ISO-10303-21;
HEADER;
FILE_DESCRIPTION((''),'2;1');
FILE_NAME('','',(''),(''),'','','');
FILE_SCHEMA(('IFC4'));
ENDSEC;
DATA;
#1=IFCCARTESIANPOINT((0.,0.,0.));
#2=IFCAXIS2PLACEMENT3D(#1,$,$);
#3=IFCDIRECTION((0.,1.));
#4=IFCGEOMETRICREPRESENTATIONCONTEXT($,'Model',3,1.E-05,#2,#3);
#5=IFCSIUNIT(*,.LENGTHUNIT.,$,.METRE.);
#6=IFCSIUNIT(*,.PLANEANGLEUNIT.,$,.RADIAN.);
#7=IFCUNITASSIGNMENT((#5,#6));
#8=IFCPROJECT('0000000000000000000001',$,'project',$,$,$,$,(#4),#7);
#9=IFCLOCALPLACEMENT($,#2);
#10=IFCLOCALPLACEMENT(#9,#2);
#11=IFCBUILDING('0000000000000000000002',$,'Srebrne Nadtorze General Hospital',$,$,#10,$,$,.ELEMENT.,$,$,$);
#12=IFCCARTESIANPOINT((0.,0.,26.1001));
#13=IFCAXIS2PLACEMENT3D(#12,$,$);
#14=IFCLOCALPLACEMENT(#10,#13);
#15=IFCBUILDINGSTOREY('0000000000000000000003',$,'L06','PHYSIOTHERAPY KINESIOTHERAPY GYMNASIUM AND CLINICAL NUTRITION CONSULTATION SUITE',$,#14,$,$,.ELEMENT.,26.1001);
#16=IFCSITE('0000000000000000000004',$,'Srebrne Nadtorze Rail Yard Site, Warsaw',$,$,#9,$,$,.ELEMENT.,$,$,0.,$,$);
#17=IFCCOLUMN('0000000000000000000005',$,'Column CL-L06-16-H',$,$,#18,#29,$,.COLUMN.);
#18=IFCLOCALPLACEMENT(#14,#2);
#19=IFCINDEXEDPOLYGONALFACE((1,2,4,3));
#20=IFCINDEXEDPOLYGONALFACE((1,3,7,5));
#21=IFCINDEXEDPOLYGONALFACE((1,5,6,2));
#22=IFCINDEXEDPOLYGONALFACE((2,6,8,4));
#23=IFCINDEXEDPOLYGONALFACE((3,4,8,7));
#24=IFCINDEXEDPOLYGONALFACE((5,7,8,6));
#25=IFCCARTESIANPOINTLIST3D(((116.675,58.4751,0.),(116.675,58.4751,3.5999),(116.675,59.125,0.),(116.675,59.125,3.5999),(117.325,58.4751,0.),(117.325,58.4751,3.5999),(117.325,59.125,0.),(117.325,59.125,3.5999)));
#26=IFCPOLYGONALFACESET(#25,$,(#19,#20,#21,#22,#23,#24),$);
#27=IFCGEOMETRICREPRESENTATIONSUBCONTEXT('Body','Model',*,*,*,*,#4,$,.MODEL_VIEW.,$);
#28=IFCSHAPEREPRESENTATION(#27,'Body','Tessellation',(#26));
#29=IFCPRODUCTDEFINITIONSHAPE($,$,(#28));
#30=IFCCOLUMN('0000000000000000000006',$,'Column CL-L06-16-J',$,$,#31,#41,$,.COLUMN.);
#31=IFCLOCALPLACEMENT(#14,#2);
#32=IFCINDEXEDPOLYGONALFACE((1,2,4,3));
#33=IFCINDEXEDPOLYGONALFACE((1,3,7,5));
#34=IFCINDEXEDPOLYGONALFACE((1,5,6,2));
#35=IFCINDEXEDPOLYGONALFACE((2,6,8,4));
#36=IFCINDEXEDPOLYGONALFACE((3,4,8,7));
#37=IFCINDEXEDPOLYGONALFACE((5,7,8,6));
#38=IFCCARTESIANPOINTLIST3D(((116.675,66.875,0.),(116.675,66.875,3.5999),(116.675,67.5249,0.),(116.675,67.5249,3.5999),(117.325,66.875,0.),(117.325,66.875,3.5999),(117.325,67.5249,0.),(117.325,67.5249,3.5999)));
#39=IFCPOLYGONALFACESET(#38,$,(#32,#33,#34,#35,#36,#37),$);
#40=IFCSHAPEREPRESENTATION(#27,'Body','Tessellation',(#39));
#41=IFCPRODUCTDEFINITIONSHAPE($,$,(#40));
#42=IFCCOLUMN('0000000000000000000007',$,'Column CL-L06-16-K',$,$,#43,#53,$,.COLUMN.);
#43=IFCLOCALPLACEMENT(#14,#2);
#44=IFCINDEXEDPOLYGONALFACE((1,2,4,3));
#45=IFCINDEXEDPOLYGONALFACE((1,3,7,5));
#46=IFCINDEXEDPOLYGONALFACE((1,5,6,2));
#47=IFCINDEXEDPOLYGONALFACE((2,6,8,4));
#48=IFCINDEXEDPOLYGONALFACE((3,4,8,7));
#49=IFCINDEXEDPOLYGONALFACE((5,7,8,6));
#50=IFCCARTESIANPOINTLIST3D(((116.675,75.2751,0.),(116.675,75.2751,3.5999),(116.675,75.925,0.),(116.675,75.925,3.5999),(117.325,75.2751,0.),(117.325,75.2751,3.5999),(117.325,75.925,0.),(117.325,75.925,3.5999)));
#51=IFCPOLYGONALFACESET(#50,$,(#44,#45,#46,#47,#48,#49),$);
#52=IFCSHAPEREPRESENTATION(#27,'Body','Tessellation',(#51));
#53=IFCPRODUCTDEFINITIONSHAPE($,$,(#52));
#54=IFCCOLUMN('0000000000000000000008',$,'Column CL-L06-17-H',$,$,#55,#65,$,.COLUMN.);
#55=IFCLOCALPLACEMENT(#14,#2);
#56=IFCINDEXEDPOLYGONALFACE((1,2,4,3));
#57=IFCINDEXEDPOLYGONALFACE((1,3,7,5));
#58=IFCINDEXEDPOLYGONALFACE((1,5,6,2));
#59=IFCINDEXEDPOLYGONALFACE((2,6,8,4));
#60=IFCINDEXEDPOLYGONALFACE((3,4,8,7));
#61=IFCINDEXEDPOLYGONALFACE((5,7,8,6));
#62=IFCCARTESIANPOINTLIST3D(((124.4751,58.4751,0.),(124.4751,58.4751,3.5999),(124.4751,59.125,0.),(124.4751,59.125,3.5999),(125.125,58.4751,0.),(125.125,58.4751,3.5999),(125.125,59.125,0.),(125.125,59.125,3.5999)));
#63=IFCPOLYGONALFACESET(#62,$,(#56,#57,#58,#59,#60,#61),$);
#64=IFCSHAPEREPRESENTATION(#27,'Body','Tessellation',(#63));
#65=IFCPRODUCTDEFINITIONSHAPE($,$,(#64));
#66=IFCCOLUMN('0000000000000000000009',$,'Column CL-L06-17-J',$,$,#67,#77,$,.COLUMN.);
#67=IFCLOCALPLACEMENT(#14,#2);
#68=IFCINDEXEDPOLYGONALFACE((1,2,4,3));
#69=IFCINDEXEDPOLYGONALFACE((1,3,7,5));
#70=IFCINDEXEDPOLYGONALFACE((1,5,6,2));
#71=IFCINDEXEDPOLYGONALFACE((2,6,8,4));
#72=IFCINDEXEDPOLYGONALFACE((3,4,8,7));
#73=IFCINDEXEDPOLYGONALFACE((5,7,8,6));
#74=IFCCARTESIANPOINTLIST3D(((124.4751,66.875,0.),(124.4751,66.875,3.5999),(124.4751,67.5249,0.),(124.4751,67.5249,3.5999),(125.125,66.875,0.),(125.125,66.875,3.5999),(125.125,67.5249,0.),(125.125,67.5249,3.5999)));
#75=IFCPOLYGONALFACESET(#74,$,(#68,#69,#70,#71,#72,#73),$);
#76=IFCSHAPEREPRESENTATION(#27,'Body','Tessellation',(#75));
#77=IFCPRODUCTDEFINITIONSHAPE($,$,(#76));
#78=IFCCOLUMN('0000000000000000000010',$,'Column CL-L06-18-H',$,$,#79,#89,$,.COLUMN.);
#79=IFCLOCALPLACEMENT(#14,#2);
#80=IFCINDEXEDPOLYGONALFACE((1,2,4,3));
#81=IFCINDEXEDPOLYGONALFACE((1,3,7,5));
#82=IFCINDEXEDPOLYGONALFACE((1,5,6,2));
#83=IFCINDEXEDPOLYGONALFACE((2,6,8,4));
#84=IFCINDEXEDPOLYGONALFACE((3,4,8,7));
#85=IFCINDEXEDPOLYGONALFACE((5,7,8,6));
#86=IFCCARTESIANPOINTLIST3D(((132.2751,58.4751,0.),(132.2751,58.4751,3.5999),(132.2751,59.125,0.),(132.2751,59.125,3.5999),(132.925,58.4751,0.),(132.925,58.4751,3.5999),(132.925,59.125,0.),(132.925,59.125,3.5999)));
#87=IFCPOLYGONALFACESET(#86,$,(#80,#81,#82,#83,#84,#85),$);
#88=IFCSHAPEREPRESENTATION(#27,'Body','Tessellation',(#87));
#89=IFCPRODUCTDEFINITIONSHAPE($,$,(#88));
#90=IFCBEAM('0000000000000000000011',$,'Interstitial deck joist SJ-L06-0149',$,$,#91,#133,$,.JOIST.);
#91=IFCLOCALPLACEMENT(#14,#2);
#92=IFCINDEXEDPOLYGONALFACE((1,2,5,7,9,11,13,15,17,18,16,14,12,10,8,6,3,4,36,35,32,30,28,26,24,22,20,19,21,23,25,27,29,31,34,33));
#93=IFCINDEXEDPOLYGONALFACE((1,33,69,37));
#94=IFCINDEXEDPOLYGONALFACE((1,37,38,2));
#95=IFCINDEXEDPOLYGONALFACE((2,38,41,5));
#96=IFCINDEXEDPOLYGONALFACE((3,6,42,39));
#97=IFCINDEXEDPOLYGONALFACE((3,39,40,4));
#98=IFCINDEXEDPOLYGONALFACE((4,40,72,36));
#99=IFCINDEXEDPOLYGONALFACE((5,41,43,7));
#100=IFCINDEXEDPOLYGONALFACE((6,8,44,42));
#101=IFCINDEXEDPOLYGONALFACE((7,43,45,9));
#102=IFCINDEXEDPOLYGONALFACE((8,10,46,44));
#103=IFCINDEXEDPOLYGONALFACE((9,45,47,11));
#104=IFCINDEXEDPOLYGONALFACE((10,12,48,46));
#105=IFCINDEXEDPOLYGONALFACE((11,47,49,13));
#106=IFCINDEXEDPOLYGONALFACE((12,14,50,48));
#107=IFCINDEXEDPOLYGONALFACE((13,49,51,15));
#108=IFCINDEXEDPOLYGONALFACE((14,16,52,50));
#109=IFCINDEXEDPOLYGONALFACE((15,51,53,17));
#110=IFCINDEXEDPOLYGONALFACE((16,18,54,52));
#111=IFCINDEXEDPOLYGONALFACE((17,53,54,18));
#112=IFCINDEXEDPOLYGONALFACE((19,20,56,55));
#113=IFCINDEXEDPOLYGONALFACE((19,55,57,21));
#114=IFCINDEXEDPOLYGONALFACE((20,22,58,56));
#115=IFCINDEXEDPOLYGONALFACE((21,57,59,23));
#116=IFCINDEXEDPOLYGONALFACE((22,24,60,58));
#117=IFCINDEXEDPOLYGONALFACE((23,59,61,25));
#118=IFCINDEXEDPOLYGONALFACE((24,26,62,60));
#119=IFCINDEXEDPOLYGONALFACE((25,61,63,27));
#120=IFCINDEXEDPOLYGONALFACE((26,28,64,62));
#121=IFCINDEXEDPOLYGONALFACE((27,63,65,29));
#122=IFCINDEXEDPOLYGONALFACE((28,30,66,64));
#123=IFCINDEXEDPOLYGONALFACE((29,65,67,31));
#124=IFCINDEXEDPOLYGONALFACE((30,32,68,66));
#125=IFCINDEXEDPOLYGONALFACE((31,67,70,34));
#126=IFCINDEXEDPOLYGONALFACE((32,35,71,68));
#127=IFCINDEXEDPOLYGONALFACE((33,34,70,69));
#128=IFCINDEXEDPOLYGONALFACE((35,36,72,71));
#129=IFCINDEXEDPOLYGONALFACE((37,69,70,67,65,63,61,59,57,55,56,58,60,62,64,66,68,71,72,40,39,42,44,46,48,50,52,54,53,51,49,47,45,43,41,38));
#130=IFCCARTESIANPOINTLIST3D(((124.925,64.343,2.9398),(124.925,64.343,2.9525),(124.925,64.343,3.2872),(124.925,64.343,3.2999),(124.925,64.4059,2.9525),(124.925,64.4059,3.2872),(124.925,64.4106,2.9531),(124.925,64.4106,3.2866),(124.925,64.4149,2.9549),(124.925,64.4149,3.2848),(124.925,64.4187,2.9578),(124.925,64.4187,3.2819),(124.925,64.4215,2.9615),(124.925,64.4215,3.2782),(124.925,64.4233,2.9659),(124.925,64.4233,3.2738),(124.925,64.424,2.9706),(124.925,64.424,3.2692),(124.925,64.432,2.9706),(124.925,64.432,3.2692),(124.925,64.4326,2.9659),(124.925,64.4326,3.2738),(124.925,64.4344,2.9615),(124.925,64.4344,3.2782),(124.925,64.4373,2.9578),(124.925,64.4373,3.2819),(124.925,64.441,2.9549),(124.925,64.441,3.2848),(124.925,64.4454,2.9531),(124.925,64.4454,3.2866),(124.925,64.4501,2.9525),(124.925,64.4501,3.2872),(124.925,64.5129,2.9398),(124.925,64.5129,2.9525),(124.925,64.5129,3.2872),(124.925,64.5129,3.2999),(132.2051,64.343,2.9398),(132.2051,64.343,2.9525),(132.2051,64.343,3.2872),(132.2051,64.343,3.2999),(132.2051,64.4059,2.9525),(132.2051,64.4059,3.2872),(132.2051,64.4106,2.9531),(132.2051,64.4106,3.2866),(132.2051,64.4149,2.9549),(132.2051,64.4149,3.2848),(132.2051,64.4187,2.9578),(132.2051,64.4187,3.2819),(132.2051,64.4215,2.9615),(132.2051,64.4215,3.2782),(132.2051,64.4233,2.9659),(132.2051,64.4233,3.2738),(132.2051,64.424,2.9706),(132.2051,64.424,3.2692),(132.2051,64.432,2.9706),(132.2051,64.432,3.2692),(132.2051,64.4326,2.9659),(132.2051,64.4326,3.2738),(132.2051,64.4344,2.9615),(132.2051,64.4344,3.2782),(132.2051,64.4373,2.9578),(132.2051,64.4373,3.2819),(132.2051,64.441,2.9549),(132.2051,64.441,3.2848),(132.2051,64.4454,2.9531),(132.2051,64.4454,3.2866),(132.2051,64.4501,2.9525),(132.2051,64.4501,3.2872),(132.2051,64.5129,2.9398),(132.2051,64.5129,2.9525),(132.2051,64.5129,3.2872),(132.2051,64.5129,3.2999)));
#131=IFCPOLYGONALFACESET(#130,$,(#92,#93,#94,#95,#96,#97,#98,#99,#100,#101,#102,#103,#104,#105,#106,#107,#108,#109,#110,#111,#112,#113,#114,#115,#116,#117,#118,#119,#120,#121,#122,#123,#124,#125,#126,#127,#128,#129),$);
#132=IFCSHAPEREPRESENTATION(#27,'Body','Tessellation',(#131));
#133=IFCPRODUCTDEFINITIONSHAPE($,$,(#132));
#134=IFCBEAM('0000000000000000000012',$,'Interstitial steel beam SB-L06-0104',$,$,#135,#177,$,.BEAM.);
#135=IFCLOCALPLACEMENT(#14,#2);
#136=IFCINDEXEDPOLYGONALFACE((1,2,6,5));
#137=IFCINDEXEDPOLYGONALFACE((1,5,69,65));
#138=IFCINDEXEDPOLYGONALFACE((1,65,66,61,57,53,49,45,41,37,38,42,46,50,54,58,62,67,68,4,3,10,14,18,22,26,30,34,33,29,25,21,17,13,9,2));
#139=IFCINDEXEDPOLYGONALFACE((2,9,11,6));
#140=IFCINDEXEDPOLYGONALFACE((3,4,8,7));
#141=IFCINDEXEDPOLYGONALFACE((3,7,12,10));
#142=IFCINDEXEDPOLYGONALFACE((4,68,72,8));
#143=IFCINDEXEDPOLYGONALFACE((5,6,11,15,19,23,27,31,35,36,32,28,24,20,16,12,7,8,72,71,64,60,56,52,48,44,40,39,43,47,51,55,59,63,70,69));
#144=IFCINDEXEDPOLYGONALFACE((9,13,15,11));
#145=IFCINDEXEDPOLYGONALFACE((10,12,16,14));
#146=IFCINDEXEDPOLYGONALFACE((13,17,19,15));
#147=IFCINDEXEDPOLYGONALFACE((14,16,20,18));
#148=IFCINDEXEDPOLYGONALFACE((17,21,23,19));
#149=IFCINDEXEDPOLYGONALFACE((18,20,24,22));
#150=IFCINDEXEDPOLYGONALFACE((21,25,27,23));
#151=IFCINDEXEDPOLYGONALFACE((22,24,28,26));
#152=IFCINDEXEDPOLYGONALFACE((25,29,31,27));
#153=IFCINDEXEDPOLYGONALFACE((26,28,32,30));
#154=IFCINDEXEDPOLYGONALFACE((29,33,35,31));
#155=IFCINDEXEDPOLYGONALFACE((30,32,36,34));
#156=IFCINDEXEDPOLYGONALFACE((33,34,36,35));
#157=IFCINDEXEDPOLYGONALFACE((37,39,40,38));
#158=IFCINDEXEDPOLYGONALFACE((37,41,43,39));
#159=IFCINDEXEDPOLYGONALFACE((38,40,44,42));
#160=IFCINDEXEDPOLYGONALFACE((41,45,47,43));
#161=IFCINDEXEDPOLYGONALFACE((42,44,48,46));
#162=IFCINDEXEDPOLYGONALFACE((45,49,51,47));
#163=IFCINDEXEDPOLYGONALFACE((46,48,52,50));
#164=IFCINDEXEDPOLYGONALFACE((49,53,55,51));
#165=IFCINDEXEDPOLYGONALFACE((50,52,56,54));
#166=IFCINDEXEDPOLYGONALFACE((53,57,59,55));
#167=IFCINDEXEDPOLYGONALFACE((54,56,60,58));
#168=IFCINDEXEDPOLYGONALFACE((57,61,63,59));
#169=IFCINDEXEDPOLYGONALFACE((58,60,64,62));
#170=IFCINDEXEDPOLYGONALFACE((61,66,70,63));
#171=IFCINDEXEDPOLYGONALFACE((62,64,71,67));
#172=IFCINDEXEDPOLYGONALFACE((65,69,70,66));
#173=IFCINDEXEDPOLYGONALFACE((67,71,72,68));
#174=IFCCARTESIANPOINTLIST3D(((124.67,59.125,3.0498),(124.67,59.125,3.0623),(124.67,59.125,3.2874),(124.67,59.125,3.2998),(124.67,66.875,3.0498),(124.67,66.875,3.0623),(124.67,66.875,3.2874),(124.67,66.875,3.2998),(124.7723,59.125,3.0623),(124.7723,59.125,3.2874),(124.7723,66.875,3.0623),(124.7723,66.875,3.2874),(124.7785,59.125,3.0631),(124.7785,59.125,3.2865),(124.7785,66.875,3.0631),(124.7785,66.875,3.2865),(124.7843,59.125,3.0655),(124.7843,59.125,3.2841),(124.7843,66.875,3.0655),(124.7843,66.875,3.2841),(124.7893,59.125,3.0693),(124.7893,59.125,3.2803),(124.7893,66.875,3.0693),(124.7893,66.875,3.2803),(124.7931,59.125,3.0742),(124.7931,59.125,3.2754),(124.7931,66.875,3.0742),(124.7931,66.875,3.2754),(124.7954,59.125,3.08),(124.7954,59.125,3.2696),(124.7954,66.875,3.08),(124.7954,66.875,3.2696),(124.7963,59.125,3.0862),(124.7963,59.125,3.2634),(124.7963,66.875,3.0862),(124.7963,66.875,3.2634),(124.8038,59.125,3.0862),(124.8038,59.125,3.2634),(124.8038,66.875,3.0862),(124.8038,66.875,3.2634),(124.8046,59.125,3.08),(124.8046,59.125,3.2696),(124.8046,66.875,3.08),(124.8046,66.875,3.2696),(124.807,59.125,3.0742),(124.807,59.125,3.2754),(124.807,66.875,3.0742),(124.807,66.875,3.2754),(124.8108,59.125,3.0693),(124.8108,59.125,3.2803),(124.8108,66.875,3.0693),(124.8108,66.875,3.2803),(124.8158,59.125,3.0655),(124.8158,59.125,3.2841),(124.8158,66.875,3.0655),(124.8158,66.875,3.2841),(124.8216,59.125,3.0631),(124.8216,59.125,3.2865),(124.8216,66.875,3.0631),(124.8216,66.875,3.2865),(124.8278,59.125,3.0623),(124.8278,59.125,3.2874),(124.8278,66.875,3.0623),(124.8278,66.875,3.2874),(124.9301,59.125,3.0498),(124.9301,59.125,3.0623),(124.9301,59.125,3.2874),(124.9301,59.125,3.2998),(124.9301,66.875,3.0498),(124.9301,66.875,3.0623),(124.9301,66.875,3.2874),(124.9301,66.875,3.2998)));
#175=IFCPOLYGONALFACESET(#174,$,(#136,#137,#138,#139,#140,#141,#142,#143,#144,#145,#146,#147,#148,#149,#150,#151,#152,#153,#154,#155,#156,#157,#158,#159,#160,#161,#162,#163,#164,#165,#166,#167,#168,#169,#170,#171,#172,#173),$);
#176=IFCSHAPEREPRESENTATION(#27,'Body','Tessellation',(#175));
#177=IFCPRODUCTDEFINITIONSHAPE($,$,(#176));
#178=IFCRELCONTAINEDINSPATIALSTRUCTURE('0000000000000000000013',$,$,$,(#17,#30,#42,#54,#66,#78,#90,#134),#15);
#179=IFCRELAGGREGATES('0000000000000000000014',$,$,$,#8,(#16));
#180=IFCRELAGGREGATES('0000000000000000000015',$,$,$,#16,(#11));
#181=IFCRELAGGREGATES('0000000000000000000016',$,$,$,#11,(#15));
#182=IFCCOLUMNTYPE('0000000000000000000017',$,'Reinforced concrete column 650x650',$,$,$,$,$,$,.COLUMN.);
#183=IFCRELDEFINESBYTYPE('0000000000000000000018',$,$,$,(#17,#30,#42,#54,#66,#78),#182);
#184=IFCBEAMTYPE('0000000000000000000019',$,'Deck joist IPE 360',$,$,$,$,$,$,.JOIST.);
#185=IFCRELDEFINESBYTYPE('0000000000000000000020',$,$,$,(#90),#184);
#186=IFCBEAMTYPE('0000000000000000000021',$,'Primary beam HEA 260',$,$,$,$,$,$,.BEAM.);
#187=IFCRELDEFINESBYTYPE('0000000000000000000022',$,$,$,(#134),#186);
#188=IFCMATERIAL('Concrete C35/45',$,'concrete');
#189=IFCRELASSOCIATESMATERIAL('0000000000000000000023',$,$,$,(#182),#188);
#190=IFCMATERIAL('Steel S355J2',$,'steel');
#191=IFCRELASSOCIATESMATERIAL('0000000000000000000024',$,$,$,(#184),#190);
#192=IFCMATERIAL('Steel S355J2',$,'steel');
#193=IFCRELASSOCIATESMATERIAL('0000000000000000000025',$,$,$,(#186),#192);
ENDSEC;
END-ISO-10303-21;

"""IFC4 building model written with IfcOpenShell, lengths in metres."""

from ifc_helpers import new_model, si_unit, direction, frame, origin, origin_2d, place, context, subcontext, project, spatial, rectangle, i_section, extrude, material, material_profile, profile_set, type_object, element, save


model = new_model("IFC4")

# Units and contexts
model_context = context("Model", 3, precision=1e-05, world=origin(), true_north=direction((0.0, 1.0)))
body_context = subcontext(model_context, "Body", "Model", "MODEL_VIEW")
ifc_project = project(units=[si_unit("LENGTHUNIT", "METRE"), si_unit("PLANEANGLEUNIT", "RADIAN")], contexts=[model_context])

# Site, building, storey
site_placement = place(None, origin())
site = spatial("IfcSite", under=ifc_project, at=site_placement, Name="Srebrne Nadtorze Rail Yard Site, Warsaw", CompositionType="ELEMENT", RefElevation=0.0)
building_placement = place(site_placement, origin())
building = spatial("IfcBuilding", under=site, at=building_placement, Name="Srebrne Nadtorze General Hospital", CompositionType="ELEMENT")
storey_placement = place(building_placement, frame((0.0, 0.0, 26.1001)))
storey = spatial("IfcBuildingStorey", under=building, at=storey_placement, Name="L06", Description="PHYSIOTHERAPY KINESIOTHERAPY GYMNASIUM AND CLINICAL NUTRITION CONSULTATION SUITE", CompositionType="ELEMENT", Elevation=26.1001)

# Columns
ifc_material_1 = material(Name="Concrete C35/45", Category="concrete")
ifc_material_profile_1 = material_profile(ifc_material_1, rectangle(XDim=0.6499, YDim=0.6499, at=origin_2d()), Name="RC-COL-650x650")
ifc_profile_set_1 = profile_set([ifc_material_profile_1], Name="Concrete C35/45")
column_type = type_object("IfcColumnType", Name="Reinforced concrete column 650x650", PredefinedType="COLUMN", material=ifc_profile_set_1)
for number, where, z_axis, x_axis, name in (
    (1, (117.0, 58.8, 0.0), (0.0, 0.0, 1.0), (1.0, 0.0, 0.0), "Column CL-L06-16-H"),
    (2, (117.0, 67.2, 0.0), (0.0, 0.0, 1.0), (1.0, 0.0, 0.0), "Column CL-L06-16-J"),
    (3, (117.0, 75.6001, 0.0), (0.0, 0.0, 1.0), (1.0, 0.0, 0.0), "Column CL-L06-16-K"),
    (4, (124.8, 58.8, 0.0), (0.0, 0.0, 1.0), (1.0, 0.0, 0.0), "Column CL-L06-17-H"),
    (5, (124.8, 67.2, 0.0), (0.0, 0.0, 1.0), (1.0, 0.0, 0.0), "Column CL-L06-17-J"),
    (6, (132.6001, 58.8, 0.0), (0.0, 0.0, 1.0), (1.0, 0.0, 0.0), "Column CL-L06-18-H"),
):
    element("IfcColumn", number, at=place(storey_placement, frame(where, z_axis=z_axis, x_axis=x_axis)), inside=storey, type_object=column_type, Name=name, PredefinedType="COLUMN", context=body_context, shape_type="SweptSolid", body=[
        extrude(rectangle(XDim=0.6499, YDim=0.6499, at=origin_2d()), origin(), (0.0, 0.0, 1.0), 3.5999),
    ])

# Beams
ifc_material_2 = material(Name="Steel S355J2", Category="steel")
ifc_material_profile_2 = material_profile(ifc_material_2, i_section(OverallWidth=0.1699, OverallDepth=0.3601, WebThickness=0.0081, FlangeThickness=0.0127, FilletRadius=0.0181, at=origin_2d()), Name="IPE-360")
ifc_profile_set_2 = profile_set([ifc_material_profile_2], Name="Steel S355J2")
beam_type_1 = type_object("IfcBeamType", Name="Deck joist IPE 360", PredefinedType="JOIST", material=ifc_profile_set_2)
beam_1_placement = place(storey_placement, frame((124.925, 64.428, 3.1199), z_axis=(1.0, 0.0, 0.0), x_axis=(0.0, 1.0, 0.0)))
element("IfcBeam", 7, at=beam_1_placement, inside=storey, type_object=beam_type_1, Name="Interstitial deck joist SJ-L06-0149", PredefinedType="JOIST", context=body_context, shape_type="SweptSolid", body=[
    extrude(i_section(OverallWidth=0.1699, OverallDepth=0.3601, WebThickness=0.0081, FlangeThickness=0.0127, FilletRadius=0.0181, at=origin_2d()), origin(), (0.0, 0.0, 1.0), 7.28),
])
ifc_material_3 = material(Name="Steel S355J2", Category="steel")
ifc_material_profile_3 = material_profile(ifc_material_3, i_section(OverallWidth=0.26, OverallDepth=0.25, WebThickness=0.0076, FlangeThickness=0.0125, FilletRadius=0.0239, at=origin_2d()), Name="HEA-260")
ifc_profile_set_3 = profile_set([ifc_material_profile_3], Name="Steel S355J2")
beam_type_2 = type_object("IfcBeamType", Name="Primary beam HEA 260", PredefinedType="BEAM", material=ifc_profile_set_3)
beam_2_placement = place(storey_placement, frame((124.8, 59.125, 3.1748), z_axis=(0.0, 1.0, 0.0), x_axis=(-1.0, 0.0, 0.0)))
element("IfcBeam", 8, at=beam_2_placement, inside=storey, type_object=beam_type_2, Name="Interstitial steel beam SB-L06-0104", PredefinedType="BEAM", context=body_context, shape_type="SweptSolid", body=[
    extrude(i_section(OverallWidth=0.26, OverallDepth=0.25, WebThickness=0.0076, FlangeThickness=0.0125, FilletRadius=0.0239, at=origin_2d()), origin(), (0.0, 0.0, 1.0), 7.75),
])

save(model, "model.ifc")
